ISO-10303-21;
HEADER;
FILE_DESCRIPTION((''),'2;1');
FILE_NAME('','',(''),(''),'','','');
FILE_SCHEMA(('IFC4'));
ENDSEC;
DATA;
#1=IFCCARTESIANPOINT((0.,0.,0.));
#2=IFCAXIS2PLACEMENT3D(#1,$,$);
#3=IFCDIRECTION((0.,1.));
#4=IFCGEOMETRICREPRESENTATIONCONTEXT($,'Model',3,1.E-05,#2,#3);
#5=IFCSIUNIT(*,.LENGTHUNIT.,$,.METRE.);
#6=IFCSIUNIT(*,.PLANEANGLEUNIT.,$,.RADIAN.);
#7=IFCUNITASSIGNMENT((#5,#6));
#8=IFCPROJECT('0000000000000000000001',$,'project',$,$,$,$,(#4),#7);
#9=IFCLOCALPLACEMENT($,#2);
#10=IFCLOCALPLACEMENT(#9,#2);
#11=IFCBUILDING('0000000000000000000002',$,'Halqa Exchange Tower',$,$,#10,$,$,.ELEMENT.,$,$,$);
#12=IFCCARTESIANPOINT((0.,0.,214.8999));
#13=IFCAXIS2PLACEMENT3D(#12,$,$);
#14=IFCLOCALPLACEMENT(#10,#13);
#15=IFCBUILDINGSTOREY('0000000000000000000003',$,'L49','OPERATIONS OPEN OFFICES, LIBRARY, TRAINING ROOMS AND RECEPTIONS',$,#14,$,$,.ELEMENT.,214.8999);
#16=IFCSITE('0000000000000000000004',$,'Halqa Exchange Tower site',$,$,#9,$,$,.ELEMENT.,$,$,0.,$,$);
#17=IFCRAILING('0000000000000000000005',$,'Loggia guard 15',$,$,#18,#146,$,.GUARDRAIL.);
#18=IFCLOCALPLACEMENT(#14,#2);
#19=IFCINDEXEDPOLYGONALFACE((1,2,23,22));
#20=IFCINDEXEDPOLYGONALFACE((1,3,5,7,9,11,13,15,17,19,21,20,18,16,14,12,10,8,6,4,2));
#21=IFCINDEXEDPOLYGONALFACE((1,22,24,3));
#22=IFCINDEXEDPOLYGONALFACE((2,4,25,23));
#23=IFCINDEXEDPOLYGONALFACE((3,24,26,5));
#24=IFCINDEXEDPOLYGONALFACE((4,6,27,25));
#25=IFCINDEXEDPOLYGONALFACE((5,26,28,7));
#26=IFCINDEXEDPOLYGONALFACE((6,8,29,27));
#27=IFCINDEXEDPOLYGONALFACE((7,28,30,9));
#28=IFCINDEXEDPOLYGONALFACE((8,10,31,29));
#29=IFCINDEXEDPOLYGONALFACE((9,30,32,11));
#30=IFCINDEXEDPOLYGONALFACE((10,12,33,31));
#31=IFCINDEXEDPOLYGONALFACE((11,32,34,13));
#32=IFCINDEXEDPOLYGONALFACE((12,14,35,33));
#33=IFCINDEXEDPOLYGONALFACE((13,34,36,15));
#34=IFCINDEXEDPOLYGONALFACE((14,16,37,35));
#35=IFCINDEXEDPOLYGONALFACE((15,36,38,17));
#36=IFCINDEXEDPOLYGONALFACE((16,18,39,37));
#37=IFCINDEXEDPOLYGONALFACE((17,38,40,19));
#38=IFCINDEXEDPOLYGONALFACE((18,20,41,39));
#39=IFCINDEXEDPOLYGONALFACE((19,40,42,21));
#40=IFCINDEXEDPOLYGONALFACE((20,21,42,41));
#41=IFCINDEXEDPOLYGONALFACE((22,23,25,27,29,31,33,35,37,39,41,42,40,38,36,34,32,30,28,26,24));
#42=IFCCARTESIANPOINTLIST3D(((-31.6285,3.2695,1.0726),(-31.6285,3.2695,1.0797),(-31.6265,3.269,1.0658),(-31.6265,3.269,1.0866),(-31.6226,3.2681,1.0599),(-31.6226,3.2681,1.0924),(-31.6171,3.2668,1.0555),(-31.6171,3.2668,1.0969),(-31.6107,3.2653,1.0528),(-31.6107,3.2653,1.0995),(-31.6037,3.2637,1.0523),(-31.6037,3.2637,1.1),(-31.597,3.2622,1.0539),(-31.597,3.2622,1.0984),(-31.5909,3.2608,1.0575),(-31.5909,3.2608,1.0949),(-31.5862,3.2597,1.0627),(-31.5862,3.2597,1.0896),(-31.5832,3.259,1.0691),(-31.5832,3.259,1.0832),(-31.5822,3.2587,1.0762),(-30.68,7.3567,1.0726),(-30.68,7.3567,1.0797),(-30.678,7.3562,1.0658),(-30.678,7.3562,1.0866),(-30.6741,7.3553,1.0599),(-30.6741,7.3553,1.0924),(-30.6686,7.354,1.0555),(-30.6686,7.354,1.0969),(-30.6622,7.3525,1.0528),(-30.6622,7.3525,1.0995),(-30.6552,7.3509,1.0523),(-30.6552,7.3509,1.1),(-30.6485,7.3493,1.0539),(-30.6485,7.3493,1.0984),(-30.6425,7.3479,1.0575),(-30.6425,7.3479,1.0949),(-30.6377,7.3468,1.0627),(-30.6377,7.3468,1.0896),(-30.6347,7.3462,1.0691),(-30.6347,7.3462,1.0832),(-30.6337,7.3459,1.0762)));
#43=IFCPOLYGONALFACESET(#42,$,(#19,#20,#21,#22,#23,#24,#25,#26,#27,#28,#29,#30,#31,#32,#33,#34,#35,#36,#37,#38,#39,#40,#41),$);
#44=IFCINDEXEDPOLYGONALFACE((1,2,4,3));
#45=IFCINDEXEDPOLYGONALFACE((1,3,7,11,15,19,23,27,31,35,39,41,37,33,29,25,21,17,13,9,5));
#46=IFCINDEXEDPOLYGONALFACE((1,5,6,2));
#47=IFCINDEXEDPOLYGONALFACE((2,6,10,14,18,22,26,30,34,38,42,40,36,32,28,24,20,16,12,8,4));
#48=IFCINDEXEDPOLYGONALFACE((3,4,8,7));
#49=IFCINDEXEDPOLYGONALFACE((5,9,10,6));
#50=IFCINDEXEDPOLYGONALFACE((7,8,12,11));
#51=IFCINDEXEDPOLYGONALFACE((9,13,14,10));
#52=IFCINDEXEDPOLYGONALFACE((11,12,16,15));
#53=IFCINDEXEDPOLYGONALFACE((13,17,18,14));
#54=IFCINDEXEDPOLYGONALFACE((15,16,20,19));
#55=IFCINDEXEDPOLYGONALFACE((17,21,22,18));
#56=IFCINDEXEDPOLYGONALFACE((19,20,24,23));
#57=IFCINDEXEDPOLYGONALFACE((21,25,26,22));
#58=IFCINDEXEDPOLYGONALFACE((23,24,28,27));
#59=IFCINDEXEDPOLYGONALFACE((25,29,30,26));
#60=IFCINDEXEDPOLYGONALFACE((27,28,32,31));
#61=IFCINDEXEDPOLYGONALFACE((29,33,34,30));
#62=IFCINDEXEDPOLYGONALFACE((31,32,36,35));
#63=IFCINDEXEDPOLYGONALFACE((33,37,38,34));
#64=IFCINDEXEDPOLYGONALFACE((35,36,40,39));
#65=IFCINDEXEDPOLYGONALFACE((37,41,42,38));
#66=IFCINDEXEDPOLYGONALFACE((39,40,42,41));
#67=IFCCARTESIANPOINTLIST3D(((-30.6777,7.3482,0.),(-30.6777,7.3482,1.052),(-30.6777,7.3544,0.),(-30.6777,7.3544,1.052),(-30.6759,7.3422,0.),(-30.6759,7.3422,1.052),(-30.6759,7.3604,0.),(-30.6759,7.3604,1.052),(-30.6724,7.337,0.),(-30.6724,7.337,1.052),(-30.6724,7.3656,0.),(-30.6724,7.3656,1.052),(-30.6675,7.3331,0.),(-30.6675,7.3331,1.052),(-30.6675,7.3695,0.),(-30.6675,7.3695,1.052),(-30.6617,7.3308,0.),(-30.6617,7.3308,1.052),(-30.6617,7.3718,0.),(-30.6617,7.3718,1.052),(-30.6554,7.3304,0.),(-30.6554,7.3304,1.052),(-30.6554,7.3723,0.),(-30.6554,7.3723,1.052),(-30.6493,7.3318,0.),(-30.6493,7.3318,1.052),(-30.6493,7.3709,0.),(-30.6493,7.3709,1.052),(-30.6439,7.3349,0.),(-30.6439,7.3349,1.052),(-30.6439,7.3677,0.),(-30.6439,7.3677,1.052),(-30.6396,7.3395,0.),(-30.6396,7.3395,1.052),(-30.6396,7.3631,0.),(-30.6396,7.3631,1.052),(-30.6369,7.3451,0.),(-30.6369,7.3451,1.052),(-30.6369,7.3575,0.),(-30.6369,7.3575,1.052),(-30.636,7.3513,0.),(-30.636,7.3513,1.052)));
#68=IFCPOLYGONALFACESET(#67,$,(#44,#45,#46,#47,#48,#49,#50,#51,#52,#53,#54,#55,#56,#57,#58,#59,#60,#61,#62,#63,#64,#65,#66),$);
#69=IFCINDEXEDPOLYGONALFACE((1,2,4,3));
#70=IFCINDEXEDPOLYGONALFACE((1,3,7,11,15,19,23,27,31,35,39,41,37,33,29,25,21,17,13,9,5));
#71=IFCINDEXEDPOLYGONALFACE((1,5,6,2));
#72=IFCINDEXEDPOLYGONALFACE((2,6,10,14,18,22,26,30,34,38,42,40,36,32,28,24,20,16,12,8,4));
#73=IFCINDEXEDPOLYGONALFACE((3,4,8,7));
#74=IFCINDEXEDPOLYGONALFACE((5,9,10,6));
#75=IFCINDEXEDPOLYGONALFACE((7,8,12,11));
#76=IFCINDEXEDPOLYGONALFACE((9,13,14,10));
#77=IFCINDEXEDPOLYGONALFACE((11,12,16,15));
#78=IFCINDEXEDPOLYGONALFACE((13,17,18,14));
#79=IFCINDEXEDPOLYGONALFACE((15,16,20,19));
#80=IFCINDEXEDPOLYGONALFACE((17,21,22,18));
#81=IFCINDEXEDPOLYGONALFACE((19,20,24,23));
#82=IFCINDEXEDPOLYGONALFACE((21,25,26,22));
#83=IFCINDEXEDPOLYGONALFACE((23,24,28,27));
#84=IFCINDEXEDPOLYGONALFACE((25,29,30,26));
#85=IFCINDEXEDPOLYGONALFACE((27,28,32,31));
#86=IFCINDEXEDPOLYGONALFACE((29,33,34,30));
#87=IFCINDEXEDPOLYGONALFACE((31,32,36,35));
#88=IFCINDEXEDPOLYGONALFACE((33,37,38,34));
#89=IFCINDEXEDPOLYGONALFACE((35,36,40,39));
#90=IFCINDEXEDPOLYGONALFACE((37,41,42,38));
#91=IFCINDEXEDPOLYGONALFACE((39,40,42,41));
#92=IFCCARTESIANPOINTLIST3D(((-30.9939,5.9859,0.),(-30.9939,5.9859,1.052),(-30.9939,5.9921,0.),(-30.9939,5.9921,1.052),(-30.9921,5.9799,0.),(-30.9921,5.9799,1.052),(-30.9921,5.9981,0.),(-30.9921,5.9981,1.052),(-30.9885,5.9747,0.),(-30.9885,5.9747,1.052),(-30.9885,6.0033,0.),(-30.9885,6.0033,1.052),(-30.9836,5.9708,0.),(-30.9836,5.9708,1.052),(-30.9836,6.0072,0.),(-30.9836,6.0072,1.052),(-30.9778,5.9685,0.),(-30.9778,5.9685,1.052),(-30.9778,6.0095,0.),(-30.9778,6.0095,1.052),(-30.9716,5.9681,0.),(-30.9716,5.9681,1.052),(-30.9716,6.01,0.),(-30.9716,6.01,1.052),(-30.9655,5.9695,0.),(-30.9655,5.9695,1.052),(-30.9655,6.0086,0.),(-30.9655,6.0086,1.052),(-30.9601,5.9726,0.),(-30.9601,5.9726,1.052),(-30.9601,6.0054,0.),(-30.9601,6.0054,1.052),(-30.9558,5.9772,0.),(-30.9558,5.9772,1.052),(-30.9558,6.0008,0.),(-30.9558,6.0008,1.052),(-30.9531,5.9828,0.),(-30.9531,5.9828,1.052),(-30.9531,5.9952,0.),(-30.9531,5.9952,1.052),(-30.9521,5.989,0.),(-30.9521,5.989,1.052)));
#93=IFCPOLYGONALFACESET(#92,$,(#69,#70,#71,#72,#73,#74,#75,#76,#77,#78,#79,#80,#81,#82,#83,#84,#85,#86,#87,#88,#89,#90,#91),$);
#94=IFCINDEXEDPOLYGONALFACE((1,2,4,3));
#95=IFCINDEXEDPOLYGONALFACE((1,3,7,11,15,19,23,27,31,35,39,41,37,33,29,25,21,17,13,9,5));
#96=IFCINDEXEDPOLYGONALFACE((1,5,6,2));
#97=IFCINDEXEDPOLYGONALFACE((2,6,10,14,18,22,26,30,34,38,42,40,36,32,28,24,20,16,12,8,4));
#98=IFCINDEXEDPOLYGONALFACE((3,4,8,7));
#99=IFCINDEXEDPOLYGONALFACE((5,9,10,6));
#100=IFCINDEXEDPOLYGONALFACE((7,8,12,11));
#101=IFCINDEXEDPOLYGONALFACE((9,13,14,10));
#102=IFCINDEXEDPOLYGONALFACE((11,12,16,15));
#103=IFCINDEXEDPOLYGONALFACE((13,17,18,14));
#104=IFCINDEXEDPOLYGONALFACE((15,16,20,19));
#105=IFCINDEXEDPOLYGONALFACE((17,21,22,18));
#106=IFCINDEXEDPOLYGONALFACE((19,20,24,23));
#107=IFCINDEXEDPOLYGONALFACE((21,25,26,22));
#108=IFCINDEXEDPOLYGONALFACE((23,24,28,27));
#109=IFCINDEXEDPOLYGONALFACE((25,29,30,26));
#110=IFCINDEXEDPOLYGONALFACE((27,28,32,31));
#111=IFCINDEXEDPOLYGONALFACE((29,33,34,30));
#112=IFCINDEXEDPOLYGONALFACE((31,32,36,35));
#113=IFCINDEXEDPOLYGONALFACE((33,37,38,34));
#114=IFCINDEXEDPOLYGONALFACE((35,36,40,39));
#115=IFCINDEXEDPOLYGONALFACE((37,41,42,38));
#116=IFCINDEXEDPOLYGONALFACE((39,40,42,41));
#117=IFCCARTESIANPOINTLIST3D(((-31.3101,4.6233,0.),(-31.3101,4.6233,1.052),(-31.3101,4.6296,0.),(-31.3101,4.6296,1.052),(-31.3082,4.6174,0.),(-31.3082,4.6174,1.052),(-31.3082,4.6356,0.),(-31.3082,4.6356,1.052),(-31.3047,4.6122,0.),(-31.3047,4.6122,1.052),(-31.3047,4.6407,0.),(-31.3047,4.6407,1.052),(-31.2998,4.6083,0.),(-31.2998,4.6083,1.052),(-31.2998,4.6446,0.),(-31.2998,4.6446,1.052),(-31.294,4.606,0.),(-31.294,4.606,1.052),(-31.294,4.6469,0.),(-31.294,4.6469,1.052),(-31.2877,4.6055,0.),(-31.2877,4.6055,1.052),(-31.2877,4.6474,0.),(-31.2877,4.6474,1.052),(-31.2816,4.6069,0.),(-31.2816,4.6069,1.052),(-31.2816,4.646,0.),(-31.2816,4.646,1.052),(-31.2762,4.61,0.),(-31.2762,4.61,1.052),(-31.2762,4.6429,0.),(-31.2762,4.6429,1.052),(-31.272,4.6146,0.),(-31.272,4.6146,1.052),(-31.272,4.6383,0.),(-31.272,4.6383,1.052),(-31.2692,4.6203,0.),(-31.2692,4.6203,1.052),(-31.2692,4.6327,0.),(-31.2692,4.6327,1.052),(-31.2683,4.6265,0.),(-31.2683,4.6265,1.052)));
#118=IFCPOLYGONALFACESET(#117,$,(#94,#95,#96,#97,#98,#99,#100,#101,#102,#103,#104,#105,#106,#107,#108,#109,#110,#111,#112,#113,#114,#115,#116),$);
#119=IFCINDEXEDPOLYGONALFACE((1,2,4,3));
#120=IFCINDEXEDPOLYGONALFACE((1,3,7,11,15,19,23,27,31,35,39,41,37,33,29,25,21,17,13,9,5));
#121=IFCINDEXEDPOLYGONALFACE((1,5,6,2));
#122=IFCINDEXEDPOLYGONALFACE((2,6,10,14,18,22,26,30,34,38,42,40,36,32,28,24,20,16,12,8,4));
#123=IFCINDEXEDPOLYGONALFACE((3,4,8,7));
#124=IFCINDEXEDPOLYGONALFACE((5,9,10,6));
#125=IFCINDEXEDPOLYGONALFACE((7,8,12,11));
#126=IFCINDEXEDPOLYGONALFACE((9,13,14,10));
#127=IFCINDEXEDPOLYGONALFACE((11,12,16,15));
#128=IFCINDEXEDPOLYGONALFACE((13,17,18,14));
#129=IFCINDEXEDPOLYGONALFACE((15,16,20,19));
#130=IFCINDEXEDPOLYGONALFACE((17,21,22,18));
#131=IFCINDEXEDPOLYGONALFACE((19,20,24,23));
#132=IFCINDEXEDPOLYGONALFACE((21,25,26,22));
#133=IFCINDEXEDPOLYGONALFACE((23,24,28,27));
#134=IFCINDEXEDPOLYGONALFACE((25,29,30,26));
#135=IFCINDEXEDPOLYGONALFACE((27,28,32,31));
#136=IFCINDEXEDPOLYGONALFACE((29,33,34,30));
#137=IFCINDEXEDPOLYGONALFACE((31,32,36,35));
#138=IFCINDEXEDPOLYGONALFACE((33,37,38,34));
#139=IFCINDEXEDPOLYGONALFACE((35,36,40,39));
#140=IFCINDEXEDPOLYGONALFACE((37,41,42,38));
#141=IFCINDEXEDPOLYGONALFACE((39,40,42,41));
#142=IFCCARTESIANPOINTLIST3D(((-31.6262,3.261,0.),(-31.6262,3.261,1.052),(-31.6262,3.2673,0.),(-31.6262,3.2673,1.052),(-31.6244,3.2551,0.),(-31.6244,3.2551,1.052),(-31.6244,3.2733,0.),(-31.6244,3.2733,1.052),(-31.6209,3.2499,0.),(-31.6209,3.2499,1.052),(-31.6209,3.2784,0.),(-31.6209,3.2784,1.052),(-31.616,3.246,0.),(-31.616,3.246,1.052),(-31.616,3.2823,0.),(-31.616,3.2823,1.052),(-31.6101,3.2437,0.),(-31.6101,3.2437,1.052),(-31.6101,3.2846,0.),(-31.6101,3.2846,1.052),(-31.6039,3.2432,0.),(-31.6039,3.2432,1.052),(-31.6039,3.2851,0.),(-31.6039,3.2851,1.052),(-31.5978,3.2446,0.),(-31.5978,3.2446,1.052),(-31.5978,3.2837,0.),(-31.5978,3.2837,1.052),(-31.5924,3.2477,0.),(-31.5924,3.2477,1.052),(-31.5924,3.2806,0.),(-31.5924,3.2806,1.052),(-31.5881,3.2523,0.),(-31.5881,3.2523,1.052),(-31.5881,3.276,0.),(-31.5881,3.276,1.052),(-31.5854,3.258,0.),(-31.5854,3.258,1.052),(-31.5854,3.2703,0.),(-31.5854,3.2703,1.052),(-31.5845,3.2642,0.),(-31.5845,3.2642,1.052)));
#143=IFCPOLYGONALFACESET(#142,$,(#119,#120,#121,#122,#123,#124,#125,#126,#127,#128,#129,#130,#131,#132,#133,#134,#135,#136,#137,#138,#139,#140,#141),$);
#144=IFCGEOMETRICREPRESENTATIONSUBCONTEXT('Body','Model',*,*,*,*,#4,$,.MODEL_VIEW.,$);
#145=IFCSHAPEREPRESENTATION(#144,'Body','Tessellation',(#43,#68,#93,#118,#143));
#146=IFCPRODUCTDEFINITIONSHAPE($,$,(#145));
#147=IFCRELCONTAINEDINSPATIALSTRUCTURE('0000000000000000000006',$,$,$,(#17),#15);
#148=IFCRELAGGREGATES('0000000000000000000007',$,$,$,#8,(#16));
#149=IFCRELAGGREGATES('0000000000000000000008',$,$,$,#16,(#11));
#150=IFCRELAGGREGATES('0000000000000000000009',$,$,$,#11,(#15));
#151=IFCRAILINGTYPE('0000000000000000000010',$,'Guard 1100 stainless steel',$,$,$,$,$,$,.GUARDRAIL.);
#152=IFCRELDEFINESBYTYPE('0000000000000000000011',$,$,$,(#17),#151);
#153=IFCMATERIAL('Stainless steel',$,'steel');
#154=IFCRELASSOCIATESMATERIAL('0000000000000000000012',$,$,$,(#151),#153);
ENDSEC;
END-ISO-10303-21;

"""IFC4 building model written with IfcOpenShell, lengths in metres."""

from ifc_helpers import new_model, si_unit, direction, frame, origin, origin_2d, place, context, subcontext, project, spatial, circle, extrude, material, type_object, element, save


model = new_model("IFC4")

# Units and contexts
model_context = context("Model", 3, precision=1e-05, world=origin(), true_north=direction((0.0, 1.0)))
body_context = subcontext(model_context, "Body", "Model", "MODEL_VIEW")
ifc_project = project(units=[si_unit("LENGTHUNIT", "METRE"), si_unit("PLANEANGLEUNIT", "RADIAN")], contexts=[model_context])

# Site, building, storey
site_placement = place(None, origin())
site = spatial("IfcSite", under=ifc_project, at=site_placement, Name="Halqa Exchange Tower site", CompositionType="ELEMENT", RefElevation=0.0)
building_placement = place(site_placement, origin())
building = spatial("IfcBuilding", under=site, at=building_placement, Name="Halqa Exchange Tower", CompositionType="ELEMENT")
storey_placement = place(building_placement, frame((0.0, 0.0, 214.8999)))
storey = spatial("IfcBuildingStorey", under=building, at=storey_placement, Name="L49", Description="OPERATIONS OPEN OFFICES, LIBRARY, TRAINING ROOMS AND RECEPTIONS", CompositionType="ELEMENT", Elevation=214.8999)

# Railing
ifc_material_1 = material(Name="Stainless steel", Category="steel")
railing_type = type_object("IfcRailingType", Name="Guard 1100 stainless steel", PredefinedType="GUARDRAIL", material=ifc_material_1)
railing_1_placement = place(storey_placement, frame((-30.657, 7.3513, 0.0)))
element("IfcRailing", 1, at=railing_1_placement, inside=storey, type_object=railing_type, Name="Loggia guard 15", PredefinedType="GUARDRAIL", context=body_context, shape_type="SweptSolid", body=[
    extrude(circle(Radius=0.0239, at=origin_2d()), frame((0.0, 0.0, 1.0762), z_axis=(-0.226058, -0.974114, 0.0), x_axis=(0.974114, -0.226058, 0.0)), (0.0, 0.0, 1.0), 4.1958),
    extrude(circle(Radius=0.021, at=origin_2d()), origin(), (0.0, 0.0, 1.0), 1.052),
    extrude(circle(Radius=0.021, at=origin_2d()), frame((-0.3162, -1.3623, 0.0)), (0.0, 0.0, 1.0), 1.052),
    extrude(circle(Radius=0.021, at=origin_2d()), frame((-0.6323, -2.7249, 0.0)), (0.0, 0.0, 1.0), 1.052),
    extrude(circle(Radius=0.021, at=origin_2d()), frame((-0.9485, -4.0872, 0.0)), (0.0, 0.0, 1.0), 1.052),
])

save(model, "model.ifc")
